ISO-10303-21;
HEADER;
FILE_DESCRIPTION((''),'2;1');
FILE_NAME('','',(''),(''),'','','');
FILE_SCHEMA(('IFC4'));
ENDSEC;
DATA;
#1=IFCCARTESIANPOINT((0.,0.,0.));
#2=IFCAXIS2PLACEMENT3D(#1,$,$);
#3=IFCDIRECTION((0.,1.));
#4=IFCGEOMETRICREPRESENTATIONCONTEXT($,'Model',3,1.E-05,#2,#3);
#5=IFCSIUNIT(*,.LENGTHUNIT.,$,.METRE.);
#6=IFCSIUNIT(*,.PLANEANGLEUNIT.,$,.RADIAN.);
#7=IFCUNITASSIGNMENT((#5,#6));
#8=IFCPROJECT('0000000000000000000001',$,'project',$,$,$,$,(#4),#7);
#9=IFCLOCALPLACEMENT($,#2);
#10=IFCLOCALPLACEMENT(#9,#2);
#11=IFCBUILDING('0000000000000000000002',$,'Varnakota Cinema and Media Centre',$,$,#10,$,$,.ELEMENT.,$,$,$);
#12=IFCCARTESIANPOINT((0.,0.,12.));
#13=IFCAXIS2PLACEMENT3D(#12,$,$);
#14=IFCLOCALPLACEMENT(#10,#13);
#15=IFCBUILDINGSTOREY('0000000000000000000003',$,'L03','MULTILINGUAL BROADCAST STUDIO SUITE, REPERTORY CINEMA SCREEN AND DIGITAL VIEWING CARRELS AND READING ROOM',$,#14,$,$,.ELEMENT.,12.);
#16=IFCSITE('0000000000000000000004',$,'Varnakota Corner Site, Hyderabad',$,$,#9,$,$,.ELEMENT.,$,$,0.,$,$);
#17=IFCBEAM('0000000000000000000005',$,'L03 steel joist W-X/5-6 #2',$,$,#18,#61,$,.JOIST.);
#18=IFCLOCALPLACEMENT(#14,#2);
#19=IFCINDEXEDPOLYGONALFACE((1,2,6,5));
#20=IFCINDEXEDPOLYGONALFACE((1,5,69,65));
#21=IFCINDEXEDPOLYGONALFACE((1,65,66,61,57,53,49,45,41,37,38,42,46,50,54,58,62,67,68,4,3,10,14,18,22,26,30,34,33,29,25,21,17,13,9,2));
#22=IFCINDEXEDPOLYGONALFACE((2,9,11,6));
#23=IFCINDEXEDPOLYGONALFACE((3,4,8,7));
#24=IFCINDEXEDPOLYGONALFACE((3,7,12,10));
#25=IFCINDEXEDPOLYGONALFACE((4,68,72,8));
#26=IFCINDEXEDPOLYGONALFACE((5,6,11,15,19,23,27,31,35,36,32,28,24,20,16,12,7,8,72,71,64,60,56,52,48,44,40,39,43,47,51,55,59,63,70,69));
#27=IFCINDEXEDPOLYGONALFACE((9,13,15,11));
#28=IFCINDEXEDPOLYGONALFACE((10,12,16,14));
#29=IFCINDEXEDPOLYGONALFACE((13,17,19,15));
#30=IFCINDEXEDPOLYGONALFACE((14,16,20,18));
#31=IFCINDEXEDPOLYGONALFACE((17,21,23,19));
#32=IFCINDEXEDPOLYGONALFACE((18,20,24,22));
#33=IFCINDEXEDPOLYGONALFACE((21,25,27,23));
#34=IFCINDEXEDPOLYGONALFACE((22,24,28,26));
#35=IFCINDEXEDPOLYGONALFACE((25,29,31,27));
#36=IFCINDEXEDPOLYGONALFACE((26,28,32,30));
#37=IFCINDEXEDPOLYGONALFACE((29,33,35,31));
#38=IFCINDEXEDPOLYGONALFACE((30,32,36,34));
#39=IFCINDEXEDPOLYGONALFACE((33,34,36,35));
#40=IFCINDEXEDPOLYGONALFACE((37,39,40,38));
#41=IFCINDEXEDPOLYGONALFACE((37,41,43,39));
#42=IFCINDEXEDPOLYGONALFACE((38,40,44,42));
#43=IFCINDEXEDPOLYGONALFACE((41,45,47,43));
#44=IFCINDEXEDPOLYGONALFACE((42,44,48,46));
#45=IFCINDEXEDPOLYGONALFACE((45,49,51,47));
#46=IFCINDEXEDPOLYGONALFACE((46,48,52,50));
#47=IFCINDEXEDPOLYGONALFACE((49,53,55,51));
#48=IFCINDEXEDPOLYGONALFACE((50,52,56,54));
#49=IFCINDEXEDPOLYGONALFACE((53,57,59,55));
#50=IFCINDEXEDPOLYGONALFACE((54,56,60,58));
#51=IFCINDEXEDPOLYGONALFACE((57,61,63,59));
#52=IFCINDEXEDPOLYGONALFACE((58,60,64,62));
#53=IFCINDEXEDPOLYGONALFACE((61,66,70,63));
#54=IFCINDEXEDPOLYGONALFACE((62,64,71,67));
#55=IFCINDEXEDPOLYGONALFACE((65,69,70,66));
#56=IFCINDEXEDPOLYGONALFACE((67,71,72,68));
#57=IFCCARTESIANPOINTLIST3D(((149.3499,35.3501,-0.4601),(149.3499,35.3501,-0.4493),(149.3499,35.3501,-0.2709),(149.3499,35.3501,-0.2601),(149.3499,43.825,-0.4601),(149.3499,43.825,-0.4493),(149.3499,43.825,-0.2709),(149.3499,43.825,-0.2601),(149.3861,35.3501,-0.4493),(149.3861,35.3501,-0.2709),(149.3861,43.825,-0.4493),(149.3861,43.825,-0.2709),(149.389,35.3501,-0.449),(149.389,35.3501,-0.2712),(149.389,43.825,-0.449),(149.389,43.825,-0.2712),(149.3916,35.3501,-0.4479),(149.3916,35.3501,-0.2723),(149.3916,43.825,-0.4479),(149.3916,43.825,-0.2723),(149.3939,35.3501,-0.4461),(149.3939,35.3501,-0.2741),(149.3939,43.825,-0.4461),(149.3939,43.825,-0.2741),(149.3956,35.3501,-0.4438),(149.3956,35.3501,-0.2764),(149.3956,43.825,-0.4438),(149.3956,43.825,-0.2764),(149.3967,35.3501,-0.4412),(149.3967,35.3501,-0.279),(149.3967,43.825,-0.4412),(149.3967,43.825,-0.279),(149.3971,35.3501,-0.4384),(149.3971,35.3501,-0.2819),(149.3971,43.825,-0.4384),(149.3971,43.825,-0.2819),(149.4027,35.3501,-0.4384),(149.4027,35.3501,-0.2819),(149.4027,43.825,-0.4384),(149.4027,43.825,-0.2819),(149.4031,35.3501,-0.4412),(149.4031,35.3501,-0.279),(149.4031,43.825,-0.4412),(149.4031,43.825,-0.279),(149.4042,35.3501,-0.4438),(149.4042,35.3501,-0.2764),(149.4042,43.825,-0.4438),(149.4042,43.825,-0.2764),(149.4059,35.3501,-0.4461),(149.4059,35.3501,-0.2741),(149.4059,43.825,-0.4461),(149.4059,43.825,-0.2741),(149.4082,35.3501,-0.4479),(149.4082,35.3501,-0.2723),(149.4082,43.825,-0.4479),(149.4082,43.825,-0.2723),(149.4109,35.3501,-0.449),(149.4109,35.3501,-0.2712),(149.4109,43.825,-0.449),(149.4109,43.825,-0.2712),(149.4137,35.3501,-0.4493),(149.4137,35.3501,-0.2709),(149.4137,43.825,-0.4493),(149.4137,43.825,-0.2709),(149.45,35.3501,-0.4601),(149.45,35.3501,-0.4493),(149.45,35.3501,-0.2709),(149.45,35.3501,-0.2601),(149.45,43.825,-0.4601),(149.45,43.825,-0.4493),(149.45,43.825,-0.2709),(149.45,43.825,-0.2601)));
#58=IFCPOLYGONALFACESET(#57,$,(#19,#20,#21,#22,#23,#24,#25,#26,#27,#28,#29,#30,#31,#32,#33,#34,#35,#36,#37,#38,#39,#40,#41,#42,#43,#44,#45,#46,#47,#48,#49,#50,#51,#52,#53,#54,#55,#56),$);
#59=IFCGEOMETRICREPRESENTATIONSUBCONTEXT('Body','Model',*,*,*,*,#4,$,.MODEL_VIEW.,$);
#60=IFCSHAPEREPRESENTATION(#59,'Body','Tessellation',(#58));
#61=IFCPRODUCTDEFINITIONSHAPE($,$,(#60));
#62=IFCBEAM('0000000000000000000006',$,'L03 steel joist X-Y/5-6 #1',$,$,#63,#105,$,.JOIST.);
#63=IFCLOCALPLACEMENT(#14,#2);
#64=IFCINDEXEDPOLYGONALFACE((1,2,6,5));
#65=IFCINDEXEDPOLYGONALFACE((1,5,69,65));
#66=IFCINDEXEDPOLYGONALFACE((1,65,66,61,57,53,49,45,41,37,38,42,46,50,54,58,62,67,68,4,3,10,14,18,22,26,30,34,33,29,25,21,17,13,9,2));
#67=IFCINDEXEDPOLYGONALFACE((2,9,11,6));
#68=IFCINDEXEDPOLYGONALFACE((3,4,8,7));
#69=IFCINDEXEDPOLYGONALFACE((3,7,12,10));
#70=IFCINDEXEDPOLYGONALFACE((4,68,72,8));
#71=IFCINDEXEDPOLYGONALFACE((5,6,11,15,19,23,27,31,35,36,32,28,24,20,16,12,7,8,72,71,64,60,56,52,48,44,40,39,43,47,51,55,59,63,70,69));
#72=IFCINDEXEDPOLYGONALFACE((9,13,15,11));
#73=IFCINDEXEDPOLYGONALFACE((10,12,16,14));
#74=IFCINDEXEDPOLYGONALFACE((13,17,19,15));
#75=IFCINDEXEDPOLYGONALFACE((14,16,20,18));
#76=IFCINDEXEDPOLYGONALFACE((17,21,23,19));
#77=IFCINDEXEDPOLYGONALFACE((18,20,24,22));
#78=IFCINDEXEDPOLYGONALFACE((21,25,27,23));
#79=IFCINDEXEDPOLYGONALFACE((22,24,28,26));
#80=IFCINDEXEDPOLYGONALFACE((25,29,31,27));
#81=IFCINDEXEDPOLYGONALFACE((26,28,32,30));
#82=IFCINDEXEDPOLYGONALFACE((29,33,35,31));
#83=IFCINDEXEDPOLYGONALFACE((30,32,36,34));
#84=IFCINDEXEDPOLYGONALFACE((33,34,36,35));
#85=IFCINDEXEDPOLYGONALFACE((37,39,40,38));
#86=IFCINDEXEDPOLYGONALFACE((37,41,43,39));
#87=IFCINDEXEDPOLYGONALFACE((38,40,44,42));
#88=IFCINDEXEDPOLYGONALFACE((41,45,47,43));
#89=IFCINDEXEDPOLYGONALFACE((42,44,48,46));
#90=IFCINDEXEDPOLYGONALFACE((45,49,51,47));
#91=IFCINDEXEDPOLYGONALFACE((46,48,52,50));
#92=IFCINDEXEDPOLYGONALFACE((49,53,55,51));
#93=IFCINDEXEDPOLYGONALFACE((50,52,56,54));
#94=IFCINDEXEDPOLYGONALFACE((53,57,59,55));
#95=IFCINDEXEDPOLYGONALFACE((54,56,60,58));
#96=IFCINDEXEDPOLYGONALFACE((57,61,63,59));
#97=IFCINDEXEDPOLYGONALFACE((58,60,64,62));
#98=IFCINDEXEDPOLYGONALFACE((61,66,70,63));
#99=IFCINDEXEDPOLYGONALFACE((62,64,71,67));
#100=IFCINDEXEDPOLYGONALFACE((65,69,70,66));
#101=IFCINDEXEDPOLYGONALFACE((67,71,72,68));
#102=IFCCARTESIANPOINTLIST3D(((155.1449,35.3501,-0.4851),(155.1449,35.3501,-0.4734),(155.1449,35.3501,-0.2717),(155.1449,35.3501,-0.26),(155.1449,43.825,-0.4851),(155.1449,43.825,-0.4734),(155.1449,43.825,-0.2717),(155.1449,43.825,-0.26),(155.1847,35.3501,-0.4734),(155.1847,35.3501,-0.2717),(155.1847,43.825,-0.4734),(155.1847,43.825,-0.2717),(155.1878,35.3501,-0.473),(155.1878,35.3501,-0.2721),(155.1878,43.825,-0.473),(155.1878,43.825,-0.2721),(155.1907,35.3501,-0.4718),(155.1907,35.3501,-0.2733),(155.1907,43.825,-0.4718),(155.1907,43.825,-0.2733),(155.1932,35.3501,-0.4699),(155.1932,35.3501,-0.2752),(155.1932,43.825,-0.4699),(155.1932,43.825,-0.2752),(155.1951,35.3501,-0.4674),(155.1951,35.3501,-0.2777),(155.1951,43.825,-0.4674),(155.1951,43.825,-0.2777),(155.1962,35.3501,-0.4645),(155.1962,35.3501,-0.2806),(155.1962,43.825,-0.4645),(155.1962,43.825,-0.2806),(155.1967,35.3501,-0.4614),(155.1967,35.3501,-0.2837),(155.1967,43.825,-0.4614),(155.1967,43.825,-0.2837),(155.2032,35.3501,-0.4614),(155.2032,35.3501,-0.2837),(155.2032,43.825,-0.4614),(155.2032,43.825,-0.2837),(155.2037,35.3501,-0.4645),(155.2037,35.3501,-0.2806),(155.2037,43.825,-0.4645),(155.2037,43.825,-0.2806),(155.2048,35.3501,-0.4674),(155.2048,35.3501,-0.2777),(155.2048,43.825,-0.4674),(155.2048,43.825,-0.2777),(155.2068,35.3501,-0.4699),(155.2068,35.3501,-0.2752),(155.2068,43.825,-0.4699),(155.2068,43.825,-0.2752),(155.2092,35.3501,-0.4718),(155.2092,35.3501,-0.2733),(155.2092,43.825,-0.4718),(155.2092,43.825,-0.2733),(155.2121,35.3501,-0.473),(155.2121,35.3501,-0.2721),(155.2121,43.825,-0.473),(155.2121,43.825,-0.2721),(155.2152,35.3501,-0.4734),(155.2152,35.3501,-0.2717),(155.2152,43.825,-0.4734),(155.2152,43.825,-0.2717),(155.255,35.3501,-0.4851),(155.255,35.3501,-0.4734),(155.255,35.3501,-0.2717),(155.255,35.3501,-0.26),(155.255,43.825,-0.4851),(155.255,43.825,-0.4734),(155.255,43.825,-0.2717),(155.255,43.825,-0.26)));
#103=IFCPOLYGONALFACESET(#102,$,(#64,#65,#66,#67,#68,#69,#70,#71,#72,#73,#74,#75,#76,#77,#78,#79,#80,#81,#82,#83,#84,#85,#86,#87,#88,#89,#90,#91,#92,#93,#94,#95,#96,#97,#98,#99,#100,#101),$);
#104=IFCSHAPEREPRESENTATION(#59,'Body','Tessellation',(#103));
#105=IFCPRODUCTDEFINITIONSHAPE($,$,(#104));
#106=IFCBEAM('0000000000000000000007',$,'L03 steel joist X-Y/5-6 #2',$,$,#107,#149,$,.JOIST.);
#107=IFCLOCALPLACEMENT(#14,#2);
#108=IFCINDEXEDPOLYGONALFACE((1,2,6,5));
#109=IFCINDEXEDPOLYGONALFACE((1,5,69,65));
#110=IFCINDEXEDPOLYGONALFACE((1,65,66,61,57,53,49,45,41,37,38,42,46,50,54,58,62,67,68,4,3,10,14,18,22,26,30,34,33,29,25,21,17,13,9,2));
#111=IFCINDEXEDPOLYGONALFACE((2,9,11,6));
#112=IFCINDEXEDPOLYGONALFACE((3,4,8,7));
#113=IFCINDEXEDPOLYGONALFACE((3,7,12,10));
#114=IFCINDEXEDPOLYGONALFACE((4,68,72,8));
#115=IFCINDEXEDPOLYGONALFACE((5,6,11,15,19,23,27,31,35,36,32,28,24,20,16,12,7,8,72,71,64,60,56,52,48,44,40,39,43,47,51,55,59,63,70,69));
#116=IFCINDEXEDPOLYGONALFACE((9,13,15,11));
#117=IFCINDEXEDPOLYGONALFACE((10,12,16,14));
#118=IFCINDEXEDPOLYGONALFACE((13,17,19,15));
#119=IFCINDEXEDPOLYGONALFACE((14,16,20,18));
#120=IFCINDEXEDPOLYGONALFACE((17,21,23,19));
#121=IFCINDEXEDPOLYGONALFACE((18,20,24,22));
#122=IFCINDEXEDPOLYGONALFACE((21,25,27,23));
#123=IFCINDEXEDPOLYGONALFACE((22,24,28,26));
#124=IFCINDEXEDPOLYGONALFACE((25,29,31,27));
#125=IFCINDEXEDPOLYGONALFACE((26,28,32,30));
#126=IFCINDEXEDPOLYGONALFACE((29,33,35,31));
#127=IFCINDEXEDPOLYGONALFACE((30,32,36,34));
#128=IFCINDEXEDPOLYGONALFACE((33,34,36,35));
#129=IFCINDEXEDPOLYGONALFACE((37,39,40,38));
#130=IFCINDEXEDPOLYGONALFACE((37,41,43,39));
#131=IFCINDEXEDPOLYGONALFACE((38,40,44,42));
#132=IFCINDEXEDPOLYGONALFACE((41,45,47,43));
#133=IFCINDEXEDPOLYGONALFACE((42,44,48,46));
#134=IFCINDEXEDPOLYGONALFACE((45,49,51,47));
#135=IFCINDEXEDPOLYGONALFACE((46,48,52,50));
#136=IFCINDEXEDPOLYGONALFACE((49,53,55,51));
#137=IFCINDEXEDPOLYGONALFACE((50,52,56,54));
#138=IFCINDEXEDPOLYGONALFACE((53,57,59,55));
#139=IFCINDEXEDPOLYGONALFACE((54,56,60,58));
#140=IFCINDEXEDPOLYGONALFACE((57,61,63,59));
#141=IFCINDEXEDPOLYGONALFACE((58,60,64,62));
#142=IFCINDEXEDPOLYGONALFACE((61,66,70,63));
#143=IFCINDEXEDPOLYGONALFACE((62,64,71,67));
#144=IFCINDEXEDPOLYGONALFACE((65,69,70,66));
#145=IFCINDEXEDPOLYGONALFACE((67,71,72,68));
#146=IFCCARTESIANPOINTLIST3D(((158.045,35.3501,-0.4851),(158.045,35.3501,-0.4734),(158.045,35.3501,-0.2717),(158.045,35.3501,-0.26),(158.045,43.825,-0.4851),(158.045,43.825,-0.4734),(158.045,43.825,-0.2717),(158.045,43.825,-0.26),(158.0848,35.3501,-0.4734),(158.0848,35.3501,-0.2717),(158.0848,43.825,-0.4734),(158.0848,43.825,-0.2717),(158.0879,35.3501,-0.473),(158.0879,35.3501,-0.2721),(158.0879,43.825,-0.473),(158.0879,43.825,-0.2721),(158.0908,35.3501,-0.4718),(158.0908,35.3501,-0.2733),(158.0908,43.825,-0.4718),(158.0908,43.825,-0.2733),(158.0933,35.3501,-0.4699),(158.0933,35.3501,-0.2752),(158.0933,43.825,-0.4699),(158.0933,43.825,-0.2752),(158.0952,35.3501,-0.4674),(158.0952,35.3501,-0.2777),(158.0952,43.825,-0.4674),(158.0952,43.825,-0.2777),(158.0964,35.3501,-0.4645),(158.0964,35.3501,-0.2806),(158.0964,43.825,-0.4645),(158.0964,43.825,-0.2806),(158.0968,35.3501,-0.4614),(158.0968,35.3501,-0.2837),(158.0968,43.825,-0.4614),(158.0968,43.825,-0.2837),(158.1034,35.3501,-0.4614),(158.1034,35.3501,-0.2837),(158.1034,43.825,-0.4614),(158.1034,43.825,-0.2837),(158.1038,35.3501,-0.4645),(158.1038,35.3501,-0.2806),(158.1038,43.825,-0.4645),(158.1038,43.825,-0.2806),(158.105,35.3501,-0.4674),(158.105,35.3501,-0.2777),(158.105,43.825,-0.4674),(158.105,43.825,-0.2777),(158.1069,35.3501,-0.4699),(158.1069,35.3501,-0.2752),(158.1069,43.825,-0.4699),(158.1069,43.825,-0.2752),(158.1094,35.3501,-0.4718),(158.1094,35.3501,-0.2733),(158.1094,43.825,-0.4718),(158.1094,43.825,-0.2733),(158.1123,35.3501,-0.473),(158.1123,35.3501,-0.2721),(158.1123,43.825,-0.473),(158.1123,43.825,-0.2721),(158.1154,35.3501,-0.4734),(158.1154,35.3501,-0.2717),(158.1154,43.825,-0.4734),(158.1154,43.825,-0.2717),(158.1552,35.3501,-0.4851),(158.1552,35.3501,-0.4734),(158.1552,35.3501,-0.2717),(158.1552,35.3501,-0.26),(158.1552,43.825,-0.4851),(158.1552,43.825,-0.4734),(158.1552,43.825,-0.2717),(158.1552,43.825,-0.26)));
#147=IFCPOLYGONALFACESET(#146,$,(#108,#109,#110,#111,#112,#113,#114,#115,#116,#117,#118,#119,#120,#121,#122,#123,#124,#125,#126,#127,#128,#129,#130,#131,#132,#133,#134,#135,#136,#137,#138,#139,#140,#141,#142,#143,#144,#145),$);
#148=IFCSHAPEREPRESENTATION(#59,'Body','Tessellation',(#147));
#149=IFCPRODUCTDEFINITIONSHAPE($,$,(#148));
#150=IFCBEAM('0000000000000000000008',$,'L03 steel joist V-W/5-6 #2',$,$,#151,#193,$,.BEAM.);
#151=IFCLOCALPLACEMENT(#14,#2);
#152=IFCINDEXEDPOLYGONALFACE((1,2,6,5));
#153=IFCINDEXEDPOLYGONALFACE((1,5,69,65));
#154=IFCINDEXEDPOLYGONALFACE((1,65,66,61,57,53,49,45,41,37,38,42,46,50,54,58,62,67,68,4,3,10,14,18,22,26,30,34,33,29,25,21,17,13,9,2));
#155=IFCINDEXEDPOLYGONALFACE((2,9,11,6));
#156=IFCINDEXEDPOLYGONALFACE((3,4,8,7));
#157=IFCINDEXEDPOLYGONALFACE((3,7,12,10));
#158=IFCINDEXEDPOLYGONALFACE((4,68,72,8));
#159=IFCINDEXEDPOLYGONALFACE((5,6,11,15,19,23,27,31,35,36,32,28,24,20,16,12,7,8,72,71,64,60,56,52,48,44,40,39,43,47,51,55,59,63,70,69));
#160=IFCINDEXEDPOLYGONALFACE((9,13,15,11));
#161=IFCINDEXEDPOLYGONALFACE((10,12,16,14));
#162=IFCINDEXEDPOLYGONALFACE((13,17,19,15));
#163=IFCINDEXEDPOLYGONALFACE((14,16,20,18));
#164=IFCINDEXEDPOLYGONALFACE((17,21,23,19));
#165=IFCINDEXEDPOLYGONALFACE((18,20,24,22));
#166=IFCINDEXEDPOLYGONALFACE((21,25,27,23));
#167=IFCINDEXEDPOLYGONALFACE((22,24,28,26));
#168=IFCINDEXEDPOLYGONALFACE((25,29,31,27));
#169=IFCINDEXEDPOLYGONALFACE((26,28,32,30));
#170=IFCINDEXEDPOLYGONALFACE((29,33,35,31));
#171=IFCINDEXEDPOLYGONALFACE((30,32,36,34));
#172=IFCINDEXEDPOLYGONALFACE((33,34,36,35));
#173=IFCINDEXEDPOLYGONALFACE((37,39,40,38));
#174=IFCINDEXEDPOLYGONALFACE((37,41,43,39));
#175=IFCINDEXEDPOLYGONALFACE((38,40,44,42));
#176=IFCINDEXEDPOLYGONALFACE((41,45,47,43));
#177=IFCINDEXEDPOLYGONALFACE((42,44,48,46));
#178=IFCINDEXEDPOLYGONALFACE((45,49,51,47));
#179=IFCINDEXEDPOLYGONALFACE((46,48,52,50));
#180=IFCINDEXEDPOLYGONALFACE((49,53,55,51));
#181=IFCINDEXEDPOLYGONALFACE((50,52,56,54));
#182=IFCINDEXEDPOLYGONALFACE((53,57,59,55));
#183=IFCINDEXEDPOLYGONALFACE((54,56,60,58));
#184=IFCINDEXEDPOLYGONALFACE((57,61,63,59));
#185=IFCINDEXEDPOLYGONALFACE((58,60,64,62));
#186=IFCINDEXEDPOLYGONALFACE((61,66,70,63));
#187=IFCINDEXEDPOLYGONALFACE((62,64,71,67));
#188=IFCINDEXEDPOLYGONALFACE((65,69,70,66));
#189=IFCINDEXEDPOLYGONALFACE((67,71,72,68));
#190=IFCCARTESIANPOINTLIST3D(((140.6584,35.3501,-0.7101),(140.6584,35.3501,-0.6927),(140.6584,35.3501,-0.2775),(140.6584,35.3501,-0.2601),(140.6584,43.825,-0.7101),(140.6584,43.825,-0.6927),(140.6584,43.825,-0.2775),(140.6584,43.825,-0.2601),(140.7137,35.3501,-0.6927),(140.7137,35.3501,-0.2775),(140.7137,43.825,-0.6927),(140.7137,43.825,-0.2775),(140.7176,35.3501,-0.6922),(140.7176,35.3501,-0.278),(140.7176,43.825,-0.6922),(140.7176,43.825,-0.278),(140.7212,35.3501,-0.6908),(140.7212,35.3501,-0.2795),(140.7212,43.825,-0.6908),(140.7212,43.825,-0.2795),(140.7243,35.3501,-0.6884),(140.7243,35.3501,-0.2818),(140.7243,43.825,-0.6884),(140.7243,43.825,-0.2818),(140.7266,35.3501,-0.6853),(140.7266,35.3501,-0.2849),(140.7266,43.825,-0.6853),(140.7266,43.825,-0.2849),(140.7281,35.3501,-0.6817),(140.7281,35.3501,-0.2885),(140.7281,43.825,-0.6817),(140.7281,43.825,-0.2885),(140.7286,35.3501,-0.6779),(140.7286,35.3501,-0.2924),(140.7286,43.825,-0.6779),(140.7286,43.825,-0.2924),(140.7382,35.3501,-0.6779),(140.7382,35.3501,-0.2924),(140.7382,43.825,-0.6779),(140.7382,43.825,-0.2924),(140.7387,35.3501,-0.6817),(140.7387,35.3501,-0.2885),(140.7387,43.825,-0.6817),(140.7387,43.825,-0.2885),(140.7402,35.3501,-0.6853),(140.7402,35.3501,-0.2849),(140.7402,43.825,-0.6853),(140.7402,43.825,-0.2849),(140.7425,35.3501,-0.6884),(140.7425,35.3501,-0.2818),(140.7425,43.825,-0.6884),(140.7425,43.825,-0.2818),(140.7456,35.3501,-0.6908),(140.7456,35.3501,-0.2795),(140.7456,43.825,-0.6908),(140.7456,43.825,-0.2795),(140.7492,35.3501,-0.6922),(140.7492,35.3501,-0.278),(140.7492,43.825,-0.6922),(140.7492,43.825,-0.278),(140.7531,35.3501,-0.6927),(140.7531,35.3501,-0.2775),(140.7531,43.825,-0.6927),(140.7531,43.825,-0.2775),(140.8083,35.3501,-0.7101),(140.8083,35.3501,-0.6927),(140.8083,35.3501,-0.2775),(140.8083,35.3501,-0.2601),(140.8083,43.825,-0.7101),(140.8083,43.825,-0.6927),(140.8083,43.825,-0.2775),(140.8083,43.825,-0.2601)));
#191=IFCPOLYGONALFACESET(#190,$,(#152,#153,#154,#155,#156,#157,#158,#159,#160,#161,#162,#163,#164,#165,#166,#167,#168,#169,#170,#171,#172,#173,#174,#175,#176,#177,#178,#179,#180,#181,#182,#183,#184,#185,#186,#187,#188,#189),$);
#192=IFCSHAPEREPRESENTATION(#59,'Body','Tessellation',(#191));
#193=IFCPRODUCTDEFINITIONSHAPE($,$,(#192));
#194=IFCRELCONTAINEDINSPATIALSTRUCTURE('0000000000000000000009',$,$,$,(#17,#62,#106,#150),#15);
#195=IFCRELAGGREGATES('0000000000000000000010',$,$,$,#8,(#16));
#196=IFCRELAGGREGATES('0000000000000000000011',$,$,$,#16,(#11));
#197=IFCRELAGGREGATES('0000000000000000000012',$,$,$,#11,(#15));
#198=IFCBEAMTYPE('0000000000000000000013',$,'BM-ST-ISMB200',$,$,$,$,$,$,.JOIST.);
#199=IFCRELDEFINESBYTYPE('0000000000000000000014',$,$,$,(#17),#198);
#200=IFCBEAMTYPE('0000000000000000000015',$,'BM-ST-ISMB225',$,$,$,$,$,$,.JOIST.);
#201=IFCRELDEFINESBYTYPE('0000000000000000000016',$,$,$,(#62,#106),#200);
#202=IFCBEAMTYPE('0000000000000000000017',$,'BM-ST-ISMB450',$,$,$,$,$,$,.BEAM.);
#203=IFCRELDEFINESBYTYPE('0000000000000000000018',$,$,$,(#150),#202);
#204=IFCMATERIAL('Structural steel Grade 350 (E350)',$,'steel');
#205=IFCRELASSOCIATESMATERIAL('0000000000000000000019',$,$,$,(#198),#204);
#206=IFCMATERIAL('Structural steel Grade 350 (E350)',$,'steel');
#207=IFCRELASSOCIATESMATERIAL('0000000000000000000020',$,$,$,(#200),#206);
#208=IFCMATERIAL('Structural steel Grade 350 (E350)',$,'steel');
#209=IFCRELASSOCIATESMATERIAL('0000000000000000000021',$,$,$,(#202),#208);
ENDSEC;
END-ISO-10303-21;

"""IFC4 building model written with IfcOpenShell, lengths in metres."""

from ifc_helpers import new_model, si_unit, direction, frame, origin, origin_2d, place, context, subcontext, project, spatial, i_section, extrude, material, material_profile, profile_set, type_object, element, save


model = new_model("IFC4")

# Units and contexts
model_context = context("Model", 3, precision=1e-05, world=origin(), true_north=direction((0.0, 1.0)))
body_context = subcontext(model_context, "Body", "Model", "MODEL_VIEW")
ifc_project = project(units=[si_unit("LENGTHUNIT", "METRE"), si_unit("PLANEANGLEUNIT", "RADIAN")], contexts=[model_context])

# Site, building, storey
site_placement = place(None, origin())
site = spatial("IfcSite", under=ifc_project, at=site_placement, Name="Varnakota Corner Site, Hyderabad", CompositionType="ELEMENT", RefElevation=0.0)
building_placement = place(site_placement, origin())
building = spatial("IfcBuilding", under=site, at=building_placement, Name="Varnakota Cinema and Media Centre", CompositionType="ELEMENT")
storey_placement = place(building_placement, frame((0.0, 0.0, 12.0)))
storey = spatial("IfcBuildingStorey", under=building, at=storey_placement, Name="L03", Description="MULTILINGUAL BROADCAST STUDIO SUITE, REPERTORY CINEMA SCREEN AND DIGITAL VIEWING CARRELS AND READING ROOM", CompositionType="ELEMENT", Elevation=12.0)

# Beams
ifc_material_1 = material(Name="Structural steel Grade 350 (E350)", Category="steel")
ifc_material_profile_1 = material_profile(ifc_material_1, i_section(OverallWidth=0.1001, OverallDepth=0.2, WebThickness=0.0056, FlangeThickness=0.0107, FilletRadius=0.011, at=origin_2d()), Name="ISMB 200")
ifc_profile_set_1 = profile_set([ifc_material_profile_1], Name="Structural steel Grade 350 (E350)")
beam_type_1 = type_object("IfcBeamType", Name="BM-ST-ISMB200", PredefinedType="JOIST", material=ifc_profile_set_1)
for number, where, z_axis, x_axis, name in (
    (1, (149.3999, 35.3501, -0.3601), (0.0, 1.0, 0.0), (-1.0, 0.0, 0.0), "L03 steel joist W-X/5-6 #2"),
):
    element("IfcBeam", number, at=place(storey_placement, frame(where, z_axis=z_axis, x_axis=x_axis)), inside=storey, type_object=beam_type_1, Name=name, PredefinedType="JOIST", context=body_context, shape_type="SweptSolid", body=[
        extrude(i_section(OverallWidth=0.1001, OverallDepth=0.2, WebThickness=0.0056, FlangeThickness=0.0107, FilletRadius=0.011, at=origin_2d()), origin(), (0.0, 0.0, 1.0), 8.4749),
    ])
ifc_material_2 = material(Name="Structural steel Grade 350 (E350)", Category="steel")
ifc_material_profile_2 = material_profile(ifc_material_2, i_section(OverallWidth=0.1101, OverallDepth=0.2251, WebThickness=0.0066, FlangeThickness=0.0117, FilletRadius=0.012, at=origin_2d()), Name="ISMB 225")
ifc_profile_set_2 = profile_set([ifc_material_profile_2], Name="Structural steel Grade 350 (E350)")
beam_type_2 = type_object("IfcBeamType", Name="BM-ST-ISMB225", PredefinedType="JOIST", material=ifc_profile_set_2)
for number, where, z_axis, x_axis, name in (
    (2, (155.2, 35.3501, -0.3726), (0.0, 1.0, 0.0), (-1.0, 0.0, 0.0), "L03 steel joist X-Y/5-6 #1"),
    (3, (158.1001, 35.3501, -0.3726), (0.0, 1.0, 0.0), (-1.0, 0.0, 0.0), "L03 steel joist X-Y/5-6 #2"),
):
    element("IfcBeam", number, at=place(storey_placement, frame(where, z_axis=z_axis, x_axis=x_axis)), inside=storey, type_object=beam_type_2, Name=name, PredefinedType="JOIST", context=body_context, shape_type="SweptSolid", body=[
        extrude(i_section(OverallWidth=0.1101, OverallDepth=0.2251, WebThickness=0.0066, FlangeThickness=0.0117, FilletRadius=0.012, at=origin_2d()), origin(), (0.0, 0.0, 1.0), 8.4749),
    ])
ifc_material_3 = material(Name="Structural steel Grade 350 (E350)", Category="steel")
ifc_material_profile_3 = material_profile(ifc_material_3, i_section(OverallWidth=0.1499, OverallDepth=0.45, WebThickness=0.0095, FlangeThickness=0.0173, FilletRadius=0.0149, at=origin_2d()), Name="ISMB 450")
ifc_profile_set_3 = profile_set([ifc_material_profile_3], Name="Structural steel Grade 350 (E350)")
beam_type_3 = type_object("IfcBeamType", Name="BM-ST-ISMB450", PredefinedType="BEAM", material=ifc_profile_set_3)
beam_1_placement = place(storey_placement, frame((140.7334, 35.3501, -0.4851), z_axis=(0.0, 1.0, 0.0), x_axis=(-1.0, 0.0, 0.0)))
element("IfcBeam", 4, at=beam_1_placement, inside=storey, type_object=beam_type_3, Name="L03 steel joist V-W/5-6 #2", PredefinedType="BEAM", context=body_context, shape_type="SweptSolid", body=[
    extrude(i_section(OverallWidth=0.1499, OverallDepth=0.45, WebThickness=0.0095, FlangeThickness=0.0173, FilletRadius=0.0149, at=origin_2d()), origin(), (0.0, 0.0, 1.0), 8.4749),
])

save(model, "model.ifc")
